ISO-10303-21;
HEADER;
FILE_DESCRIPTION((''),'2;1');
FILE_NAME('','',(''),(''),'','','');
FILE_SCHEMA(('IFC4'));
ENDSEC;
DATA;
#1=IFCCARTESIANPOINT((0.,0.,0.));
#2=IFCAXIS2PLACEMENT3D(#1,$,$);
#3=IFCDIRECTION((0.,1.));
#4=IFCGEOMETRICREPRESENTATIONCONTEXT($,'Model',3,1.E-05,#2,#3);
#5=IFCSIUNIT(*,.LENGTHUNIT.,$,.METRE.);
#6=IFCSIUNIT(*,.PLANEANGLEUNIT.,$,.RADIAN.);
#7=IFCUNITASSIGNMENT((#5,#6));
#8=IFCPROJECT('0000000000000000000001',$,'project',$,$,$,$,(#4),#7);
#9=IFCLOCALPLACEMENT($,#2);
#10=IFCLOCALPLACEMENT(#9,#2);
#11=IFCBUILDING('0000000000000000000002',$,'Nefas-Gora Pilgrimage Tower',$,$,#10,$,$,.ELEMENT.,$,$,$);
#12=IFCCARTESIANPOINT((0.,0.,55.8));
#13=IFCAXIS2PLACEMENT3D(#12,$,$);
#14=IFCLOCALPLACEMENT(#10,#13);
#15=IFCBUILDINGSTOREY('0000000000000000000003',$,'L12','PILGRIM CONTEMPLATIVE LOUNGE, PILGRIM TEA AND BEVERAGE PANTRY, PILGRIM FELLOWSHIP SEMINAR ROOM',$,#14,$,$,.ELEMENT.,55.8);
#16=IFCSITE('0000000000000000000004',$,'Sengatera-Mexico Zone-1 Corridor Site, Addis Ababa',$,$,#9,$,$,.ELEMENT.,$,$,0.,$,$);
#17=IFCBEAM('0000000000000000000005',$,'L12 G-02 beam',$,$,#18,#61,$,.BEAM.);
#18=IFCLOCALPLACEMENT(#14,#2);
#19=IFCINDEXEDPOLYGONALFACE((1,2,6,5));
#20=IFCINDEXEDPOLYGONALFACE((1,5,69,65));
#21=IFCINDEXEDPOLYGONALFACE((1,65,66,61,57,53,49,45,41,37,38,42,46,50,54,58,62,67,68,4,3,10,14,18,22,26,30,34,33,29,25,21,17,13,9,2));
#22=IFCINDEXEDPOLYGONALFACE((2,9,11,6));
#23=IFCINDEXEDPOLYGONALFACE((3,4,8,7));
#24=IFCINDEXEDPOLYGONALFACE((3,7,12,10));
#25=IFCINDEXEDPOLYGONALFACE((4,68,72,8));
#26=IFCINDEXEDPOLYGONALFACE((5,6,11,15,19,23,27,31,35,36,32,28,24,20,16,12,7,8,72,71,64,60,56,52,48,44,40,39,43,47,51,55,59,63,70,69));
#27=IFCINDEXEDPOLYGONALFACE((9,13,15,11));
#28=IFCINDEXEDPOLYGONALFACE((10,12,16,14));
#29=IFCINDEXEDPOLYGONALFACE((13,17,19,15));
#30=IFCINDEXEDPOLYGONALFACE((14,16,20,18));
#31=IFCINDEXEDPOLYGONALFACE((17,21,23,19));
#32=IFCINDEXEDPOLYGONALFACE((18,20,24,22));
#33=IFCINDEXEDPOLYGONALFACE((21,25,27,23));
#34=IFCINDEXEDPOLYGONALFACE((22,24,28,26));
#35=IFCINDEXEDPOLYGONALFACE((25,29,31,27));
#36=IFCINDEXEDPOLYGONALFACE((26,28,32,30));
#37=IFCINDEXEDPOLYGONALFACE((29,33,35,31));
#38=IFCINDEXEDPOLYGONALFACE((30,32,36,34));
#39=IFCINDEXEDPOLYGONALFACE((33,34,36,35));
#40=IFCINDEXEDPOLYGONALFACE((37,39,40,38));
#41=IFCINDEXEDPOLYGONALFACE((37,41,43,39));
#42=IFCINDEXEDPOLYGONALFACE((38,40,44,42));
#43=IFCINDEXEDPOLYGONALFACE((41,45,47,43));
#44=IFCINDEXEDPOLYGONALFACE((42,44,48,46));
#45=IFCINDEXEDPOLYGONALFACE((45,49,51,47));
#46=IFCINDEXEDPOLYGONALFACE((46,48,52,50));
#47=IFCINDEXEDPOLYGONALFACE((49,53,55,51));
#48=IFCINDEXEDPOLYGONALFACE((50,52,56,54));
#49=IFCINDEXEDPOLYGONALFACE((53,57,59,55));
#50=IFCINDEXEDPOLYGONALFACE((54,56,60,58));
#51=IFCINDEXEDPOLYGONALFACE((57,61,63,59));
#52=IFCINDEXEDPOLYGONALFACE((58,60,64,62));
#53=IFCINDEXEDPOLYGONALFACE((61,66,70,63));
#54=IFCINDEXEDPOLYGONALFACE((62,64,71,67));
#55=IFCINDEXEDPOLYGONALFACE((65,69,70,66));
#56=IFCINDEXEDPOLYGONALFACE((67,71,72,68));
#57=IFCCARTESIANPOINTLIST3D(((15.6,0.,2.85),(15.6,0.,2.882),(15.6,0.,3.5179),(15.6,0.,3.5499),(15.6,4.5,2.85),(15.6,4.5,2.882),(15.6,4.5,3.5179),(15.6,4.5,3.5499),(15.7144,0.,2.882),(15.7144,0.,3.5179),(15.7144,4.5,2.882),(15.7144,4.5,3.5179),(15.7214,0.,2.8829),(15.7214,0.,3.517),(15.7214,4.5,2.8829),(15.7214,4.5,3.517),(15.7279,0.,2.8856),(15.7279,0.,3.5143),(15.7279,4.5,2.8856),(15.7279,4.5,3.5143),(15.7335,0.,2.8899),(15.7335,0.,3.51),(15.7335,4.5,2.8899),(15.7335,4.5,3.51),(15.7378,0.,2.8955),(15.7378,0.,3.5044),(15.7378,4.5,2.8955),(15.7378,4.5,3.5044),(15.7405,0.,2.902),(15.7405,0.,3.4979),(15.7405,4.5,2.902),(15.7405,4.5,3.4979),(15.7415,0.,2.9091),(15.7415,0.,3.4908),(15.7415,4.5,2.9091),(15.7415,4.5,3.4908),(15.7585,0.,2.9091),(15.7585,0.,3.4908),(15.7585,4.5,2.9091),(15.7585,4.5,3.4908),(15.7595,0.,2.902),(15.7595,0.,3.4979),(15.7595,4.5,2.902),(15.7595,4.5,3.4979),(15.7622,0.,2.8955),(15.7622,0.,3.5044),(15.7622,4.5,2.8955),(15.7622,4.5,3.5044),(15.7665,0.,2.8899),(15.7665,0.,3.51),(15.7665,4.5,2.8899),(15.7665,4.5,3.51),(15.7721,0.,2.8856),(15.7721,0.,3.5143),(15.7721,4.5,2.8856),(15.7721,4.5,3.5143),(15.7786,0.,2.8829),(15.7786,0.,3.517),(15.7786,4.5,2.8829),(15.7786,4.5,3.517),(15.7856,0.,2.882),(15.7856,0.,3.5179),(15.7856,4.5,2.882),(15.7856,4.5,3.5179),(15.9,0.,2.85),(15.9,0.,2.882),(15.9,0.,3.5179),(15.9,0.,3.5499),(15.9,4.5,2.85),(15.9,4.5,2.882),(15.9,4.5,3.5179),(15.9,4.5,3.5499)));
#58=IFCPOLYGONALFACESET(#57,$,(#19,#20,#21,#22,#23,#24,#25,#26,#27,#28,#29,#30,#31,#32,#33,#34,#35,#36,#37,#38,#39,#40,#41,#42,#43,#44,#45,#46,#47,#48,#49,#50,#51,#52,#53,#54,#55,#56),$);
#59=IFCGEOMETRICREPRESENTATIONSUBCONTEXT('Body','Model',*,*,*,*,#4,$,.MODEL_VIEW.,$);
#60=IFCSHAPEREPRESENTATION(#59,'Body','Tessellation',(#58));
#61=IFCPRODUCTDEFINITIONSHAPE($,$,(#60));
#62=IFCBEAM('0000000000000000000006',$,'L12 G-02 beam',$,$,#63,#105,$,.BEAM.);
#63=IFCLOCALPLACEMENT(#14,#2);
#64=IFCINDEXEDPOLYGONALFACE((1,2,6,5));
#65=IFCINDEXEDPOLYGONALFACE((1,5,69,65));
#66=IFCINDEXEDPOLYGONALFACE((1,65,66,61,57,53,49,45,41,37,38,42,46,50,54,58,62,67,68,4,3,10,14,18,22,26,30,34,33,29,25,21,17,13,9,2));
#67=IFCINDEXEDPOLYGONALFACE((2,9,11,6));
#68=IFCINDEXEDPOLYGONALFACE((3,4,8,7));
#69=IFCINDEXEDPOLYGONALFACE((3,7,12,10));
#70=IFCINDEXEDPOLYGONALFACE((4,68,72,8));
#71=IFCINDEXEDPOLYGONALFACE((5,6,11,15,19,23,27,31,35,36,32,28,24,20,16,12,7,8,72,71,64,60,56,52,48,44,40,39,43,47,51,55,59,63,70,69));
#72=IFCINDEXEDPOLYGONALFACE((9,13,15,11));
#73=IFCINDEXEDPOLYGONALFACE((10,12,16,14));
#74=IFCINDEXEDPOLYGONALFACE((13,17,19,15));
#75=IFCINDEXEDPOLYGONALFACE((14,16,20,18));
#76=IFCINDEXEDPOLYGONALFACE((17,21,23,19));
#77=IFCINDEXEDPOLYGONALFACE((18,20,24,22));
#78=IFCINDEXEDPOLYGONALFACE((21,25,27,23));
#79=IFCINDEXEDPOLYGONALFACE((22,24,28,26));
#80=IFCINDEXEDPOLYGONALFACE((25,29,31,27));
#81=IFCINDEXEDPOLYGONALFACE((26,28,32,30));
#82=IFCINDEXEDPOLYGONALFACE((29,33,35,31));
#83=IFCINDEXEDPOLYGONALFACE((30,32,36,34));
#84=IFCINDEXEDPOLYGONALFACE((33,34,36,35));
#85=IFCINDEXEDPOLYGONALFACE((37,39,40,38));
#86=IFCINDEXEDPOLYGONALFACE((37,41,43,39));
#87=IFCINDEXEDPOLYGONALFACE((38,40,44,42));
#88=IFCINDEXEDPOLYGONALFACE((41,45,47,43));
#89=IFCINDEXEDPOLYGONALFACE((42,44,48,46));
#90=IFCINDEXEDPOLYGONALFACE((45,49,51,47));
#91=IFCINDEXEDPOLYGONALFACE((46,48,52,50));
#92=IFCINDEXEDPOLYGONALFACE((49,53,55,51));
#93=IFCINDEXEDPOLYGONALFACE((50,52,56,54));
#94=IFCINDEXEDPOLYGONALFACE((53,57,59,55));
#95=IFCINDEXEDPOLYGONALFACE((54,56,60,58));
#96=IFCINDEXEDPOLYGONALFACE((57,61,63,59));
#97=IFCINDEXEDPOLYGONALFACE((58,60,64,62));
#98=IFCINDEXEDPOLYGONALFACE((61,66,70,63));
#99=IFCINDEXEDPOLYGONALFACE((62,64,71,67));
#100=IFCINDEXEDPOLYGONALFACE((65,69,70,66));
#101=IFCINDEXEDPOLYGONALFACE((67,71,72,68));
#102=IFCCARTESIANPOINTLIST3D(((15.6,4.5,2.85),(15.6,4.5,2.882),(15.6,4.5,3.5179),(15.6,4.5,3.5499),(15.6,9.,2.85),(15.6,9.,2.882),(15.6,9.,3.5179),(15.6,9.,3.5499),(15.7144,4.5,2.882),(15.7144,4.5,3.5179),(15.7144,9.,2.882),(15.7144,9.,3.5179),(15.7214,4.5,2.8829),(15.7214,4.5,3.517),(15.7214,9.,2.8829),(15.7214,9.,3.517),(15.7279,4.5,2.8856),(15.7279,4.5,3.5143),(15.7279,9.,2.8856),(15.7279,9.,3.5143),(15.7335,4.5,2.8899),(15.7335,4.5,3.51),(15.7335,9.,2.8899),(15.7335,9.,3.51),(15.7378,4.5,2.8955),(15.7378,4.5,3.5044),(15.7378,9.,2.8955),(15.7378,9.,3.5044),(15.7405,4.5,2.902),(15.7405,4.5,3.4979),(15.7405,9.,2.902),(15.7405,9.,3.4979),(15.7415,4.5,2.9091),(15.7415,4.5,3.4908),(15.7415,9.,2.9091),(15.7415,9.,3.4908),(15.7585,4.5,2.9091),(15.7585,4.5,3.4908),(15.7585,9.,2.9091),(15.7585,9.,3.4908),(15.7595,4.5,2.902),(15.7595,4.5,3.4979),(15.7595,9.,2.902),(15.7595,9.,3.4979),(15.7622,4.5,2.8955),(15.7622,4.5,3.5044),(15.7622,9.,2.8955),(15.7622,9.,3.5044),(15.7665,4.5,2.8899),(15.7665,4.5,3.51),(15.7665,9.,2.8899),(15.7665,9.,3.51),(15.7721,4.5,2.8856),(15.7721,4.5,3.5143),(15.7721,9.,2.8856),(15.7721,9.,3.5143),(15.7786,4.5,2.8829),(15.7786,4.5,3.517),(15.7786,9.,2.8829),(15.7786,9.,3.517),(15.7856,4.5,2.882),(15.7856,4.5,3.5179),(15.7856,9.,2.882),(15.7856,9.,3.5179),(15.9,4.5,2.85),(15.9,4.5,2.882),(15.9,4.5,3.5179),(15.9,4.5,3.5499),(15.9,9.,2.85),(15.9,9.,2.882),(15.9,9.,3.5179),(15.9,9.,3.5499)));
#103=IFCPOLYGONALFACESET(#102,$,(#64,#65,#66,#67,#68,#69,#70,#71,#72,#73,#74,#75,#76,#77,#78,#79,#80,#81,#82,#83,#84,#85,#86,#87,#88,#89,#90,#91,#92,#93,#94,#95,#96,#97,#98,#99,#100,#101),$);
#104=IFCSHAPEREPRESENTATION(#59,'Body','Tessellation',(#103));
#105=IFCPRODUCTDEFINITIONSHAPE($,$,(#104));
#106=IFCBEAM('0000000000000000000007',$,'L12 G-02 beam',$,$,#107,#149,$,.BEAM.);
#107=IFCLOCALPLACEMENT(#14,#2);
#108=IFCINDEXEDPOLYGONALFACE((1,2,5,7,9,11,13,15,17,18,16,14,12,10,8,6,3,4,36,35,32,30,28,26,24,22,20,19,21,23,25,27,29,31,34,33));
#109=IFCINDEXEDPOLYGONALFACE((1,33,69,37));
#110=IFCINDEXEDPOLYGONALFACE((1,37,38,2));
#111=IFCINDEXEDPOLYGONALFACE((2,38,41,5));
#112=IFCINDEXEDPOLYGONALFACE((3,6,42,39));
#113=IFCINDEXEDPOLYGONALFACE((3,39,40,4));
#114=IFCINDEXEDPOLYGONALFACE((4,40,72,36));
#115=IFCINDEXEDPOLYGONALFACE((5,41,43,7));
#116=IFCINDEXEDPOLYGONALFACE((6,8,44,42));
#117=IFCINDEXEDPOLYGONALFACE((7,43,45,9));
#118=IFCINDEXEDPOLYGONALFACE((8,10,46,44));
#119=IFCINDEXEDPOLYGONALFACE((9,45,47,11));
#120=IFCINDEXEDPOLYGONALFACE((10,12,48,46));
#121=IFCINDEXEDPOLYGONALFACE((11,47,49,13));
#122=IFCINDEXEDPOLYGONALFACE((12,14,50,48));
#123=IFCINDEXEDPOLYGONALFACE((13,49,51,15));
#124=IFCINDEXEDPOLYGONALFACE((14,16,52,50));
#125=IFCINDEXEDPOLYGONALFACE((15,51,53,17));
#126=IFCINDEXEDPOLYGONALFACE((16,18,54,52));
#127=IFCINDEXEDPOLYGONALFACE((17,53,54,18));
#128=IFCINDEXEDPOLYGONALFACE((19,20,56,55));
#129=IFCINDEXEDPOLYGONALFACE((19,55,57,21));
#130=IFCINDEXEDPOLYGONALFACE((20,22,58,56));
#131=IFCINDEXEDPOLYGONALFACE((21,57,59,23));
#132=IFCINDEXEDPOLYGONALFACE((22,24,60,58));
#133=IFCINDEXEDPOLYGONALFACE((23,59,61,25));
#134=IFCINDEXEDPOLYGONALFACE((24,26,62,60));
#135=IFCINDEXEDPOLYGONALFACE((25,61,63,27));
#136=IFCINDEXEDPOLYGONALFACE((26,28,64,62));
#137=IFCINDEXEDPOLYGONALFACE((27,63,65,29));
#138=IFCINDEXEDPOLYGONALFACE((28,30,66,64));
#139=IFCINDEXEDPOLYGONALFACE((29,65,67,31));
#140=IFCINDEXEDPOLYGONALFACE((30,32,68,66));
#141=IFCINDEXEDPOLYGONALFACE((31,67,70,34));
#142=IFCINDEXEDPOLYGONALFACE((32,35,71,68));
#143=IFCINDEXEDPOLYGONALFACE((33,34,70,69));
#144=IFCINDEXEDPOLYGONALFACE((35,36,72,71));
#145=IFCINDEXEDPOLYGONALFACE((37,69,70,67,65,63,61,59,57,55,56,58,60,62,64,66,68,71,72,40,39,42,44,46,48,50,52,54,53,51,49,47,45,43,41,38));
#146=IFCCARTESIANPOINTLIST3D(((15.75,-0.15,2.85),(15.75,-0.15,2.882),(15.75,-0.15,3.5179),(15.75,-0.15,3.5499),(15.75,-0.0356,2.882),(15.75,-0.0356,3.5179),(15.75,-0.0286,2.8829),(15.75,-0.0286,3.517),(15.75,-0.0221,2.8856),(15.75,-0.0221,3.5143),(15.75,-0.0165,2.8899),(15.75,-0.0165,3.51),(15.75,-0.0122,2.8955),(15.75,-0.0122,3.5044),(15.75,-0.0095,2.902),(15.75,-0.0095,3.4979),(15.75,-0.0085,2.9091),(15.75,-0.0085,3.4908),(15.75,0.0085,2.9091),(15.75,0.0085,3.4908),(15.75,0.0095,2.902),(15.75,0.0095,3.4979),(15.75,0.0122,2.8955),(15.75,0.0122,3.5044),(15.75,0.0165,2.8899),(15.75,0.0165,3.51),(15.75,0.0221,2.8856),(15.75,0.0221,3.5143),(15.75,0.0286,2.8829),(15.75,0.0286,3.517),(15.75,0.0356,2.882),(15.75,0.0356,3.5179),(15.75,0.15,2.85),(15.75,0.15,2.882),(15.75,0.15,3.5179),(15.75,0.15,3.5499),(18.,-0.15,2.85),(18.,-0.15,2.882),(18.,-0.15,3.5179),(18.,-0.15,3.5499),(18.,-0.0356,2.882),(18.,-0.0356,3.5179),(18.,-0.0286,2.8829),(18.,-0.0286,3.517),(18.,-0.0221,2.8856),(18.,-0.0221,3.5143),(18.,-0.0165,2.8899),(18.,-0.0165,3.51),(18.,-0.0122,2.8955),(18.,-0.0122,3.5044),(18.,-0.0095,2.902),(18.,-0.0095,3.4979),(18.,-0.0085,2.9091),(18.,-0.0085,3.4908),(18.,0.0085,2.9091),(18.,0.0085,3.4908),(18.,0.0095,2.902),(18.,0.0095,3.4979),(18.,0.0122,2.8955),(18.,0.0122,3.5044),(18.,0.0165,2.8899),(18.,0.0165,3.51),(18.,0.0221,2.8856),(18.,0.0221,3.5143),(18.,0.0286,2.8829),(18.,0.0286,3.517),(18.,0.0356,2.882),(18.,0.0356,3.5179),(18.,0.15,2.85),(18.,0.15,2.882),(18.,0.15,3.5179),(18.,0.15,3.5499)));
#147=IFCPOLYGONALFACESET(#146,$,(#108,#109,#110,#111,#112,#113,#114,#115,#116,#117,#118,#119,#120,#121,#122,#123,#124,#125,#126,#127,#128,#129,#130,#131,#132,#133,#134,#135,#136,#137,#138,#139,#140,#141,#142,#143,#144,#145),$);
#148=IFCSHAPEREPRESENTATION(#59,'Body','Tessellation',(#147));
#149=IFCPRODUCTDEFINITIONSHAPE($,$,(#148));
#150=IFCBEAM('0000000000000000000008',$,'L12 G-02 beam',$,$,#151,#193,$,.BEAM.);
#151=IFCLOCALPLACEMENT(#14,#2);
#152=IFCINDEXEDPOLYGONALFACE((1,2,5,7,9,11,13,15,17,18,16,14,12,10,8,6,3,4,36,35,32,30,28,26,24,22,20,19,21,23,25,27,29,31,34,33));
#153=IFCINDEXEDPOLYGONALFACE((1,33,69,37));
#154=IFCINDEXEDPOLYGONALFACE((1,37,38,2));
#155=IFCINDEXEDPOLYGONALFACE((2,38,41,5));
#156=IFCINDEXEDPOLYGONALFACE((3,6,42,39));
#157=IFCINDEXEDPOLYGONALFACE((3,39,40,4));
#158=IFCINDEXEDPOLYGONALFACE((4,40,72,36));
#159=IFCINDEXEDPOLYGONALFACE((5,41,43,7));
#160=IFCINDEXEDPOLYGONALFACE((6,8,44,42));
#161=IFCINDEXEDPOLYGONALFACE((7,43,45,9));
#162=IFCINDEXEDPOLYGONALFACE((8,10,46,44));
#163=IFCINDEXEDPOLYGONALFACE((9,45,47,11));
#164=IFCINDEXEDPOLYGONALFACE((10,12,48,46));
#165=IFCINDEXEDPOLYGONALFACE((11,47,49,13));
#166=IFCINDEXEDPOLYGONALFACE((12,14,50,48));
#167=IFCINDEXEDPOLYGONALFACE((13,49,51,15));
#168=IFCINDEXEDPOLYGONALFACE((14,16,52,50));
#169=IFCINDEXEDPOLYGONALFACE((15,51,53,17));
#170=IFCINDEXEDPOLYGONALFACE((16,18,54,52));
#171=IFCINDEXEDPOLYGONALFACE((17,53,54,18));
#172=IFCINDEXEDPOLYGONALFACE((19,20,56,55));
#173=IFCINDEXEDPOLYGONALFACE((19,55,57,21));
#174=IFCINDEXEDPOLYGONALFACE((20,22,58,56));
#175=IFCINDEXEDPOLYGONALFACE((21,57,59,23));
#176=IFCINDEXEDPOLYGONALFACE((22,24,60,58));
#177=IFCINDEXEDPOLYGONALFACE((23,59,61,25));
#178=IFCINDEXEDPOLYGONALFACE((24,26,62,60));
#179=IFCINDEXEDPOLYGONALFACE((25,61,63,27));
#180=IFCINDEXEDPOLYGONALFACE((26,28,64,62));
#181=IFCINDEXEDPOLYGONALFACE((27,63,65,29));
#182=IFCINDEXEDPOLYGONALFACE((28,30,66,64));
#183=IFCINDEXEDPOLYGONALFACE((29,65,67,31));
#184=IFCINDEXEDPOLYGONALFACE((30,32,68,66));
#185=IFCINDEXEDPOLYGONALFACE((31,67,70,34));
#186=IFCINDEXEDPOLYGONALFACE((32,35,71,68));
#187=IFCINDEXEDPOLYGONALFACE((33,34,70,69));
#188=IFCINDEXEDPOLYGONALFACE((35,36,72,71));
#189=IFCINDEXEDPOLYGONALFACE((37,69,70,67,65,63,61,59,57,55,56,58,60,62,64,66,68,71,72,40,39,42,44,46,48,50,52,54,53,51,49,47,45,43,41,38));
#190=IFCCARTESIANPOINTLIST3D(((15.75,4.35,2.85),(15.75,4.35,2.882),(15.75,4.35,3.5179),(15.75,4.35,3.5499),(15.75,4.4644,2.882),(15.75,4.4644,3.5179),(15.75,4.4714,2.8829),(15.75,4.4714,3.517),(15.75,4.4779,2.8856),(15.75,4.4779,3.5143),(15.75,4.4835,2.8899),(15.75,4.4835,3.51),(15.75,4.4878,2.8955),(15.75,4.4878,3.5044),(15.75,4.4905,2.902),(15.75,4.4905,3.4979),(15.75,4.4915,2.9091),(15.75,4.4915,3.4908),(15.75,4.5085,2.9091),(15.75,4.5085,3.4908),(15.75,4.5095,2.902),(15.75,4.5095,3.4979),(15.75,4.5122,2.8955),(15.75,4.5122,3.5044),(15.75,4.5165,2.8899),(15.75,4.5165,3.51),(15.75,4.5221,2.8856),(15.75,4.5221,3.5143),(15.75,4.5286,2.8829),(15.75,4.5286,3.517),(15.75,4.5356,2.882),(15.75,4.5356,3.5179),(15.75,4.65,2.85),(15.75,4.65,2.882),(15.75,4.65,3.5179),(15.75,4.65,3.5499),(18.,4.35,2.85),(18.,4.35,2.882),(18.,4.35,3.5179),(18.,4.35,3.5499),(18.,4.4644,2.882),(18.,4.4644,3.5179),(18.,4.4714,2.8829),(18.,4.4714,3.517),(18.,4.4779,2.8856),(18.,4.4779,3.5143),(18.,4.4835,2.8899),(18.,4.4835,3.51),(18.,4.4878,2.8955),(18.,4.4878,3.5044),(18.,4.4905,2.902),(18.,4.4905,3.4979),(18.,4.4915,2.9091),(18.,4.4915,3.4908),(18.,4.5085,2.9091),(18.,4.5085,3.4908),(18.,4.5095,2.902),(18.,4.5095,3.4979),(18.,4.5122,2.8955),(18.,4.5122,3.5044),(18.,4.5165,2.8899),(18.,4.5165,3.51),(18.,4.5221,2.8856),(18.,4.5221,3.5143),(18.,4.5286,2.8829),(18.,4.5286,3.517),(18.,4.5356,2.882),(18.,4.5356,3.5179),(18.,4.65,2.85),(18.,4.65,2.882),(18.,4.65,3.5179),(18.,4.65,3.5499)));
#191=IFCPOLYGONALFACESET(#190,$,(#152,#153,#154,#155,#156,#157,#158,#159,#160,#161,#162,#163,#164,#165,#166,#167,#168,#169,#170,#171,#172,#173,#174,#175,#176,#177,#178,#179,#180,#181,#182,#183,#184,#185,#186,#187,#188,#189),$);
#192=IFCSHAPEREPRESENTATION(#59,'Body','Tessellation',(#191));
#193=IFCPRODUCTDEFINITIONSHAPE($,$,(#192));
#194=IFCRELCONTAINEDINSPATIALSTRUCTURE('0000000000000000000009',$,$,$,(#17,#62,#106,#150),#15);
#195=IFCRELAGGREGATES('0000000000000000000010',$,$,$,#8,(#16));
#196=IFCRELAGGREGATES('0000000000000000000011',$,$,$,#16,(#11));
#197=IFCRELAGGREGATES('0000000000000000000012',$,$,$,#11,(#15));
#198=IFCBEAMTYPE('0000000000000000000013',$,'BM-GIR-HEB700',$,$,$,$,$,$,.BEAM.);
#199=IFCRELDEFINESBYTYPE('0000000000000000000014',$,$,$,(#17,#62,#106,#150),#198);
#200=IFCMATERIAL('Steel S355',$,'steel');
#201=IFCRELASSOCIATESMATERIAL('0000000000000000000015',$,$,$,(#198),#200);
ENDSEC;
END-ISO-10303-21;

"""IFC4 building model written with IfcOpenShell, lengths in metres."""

from ifc_helpers import new_model, si_unit, direction, frame, origin, origin_2d, place, context, subcontext, project, spatial, i_section, extrude, source, transform, mapped, material, material_profile, profile_set, type_object, element, save


model = new_model("IFC4")

# Units and contexts
model_context = context("Model", 3, precision=1e-05, world=origin(), true_north=direction((0.0, 1.0)))
body_context = subcontext(model_context, "Body", "Model", "MODEL_VIEW")
ifc_project = project(units=[si_unit("LENGTHUNIT", "METRE"), si_unit("PLANEANGLEUNIT", "RADIAN")], contexts=[model_context])

# Site, building, storey
site_placement = place(None, origin())
site = spatial("IfcSite", under=ifc_project, at=site_placement, Name="Sengatera-Mexico Zone-1 Corridor Site, Addis Ababa", CompositionType="ELEMENT", RefElevation=0.0)
building_placement = place(site_placement, origin())
building = spatial("IfcBuilding", under=site, at=building_placement, Name="Nefas-Gora Pilgrimage Tower", CompositionType="ELEMENT")
storey_placement = place(building_placement, frame((0.0, 0.0, 55.8)))
storey = spatial("IfcBuildingStorey", under=building, at=storey_placement, Name="L12", Description="PILGRIM CONTEMPLATIVE LOUNGE, PILGRIM TEA AND BEVERAGE PANTRY, PILGRIM FELLOWSHIP SEMINAR ROOM", CompositionType="ELEMENT", Elevation=55.8)

# Beams
ifc_material_1 = material(Name="Steel S355", Category="steel")
ifc_material_profile_1 = material_profile(ifc_material_1, i_section(OverallWidth=0.3, OverallDepth=0.7, WebThickness=0.0171, FlangeThickness=0.032, FilletRadius=0.0271, at=origin_2d()), Name="HEB 700")
ifc_profile_set_1 = profile_set([ifc_material_profile_1], Name="Steel S355")
beam_type = type_object("IfcBeamType", Name="BM-GIR-HEB700", PredefinedType="BEAM", material=ifc_profile_set_1)
shared_shape_1 = source(origin(), body_context, "Body", "SweptSolid", [
    extrude(i_section(OverallWidth=0.3, OverallDepth=0.7, WebThickness=0.0171, FlangeThickness=0.032, FilletRadius=0.0271, at=origin_2d()), origin(), (0.0, 0.0, 1.0), 4.5),
])
for number, where, z_axis, x_axis, name in (
    (1, (15.75, 0.0, 3.2), (0.0, 1.0, 0.0), (-1.0, 0.0, 0.0), "L12 G-02 beam"),
    (2, (15.75, 4.5, 3.2), (0.0, 1.0, 0.0), (-1.0, 0.0, 0.0), "L12 G-02 beam"),
):
    element("IfcBeam", number, at=place(storey_placement, frame(where, z_axis=z_axis, x_axis=x_axis)), inside=storey, type_object=beam_type, Name=name, PredefinedType="BEAM", context=body_context, shape_type="MappedRepresentation", body=[
        mapped(shared_shape_1, transform((0.0, 0.0, 0.0), x_axis=(1.0, 0.0, 0.0), y_axis=(0.0, 1.0, 0.0), z_axis=(0.0, 0.0, 1.0), scale=1.0)),
    ])
shared_shape_2 = source(origin(), body_context, "Body", "SweptSolid", [
    extrude(i_section(OverallWidth=0.3, OverallDepth=0.7, WebThickness=0.0171, FlangeThickness=0.032, FilletRadius=0.0271, at=origin_2d()), origin(), (0.0, 0.0, 1.0), 2.25),
])
for number, where, z_axis, x_axis, name in (
    (3, (15.75, 0.0, 3.2), (1.0, 0.0, 0.0), (0.0, 1.0, 0.0), "L12 G-02 beam"),
    (4, (15.75, 4.5, 3.2), (1.0, 0.0, 0.0), (0.0, 1.0, 0.0), "L12 G-02 beam"),
):
    element("IfcBeam", number, at=place(storey_placement, frame(where, z_axis=z_axis, x_axis=x_axis)), inside=storey, type_object=beam_type, Name=name, PredefinedType="BEAM", context=body_context, shape_type="MappedRepresentation", body=[
        mapped(shared_shape_2, transform((0.0, 0.0, 0.0), x_axis=(1.0, 0.0, 0.0), y_axis=(0.0, 1.0, 0.0), z_axis=(0.0, 0.0, 1.0), scale=1.0)),
    ])

save(model, "model.ifc")
